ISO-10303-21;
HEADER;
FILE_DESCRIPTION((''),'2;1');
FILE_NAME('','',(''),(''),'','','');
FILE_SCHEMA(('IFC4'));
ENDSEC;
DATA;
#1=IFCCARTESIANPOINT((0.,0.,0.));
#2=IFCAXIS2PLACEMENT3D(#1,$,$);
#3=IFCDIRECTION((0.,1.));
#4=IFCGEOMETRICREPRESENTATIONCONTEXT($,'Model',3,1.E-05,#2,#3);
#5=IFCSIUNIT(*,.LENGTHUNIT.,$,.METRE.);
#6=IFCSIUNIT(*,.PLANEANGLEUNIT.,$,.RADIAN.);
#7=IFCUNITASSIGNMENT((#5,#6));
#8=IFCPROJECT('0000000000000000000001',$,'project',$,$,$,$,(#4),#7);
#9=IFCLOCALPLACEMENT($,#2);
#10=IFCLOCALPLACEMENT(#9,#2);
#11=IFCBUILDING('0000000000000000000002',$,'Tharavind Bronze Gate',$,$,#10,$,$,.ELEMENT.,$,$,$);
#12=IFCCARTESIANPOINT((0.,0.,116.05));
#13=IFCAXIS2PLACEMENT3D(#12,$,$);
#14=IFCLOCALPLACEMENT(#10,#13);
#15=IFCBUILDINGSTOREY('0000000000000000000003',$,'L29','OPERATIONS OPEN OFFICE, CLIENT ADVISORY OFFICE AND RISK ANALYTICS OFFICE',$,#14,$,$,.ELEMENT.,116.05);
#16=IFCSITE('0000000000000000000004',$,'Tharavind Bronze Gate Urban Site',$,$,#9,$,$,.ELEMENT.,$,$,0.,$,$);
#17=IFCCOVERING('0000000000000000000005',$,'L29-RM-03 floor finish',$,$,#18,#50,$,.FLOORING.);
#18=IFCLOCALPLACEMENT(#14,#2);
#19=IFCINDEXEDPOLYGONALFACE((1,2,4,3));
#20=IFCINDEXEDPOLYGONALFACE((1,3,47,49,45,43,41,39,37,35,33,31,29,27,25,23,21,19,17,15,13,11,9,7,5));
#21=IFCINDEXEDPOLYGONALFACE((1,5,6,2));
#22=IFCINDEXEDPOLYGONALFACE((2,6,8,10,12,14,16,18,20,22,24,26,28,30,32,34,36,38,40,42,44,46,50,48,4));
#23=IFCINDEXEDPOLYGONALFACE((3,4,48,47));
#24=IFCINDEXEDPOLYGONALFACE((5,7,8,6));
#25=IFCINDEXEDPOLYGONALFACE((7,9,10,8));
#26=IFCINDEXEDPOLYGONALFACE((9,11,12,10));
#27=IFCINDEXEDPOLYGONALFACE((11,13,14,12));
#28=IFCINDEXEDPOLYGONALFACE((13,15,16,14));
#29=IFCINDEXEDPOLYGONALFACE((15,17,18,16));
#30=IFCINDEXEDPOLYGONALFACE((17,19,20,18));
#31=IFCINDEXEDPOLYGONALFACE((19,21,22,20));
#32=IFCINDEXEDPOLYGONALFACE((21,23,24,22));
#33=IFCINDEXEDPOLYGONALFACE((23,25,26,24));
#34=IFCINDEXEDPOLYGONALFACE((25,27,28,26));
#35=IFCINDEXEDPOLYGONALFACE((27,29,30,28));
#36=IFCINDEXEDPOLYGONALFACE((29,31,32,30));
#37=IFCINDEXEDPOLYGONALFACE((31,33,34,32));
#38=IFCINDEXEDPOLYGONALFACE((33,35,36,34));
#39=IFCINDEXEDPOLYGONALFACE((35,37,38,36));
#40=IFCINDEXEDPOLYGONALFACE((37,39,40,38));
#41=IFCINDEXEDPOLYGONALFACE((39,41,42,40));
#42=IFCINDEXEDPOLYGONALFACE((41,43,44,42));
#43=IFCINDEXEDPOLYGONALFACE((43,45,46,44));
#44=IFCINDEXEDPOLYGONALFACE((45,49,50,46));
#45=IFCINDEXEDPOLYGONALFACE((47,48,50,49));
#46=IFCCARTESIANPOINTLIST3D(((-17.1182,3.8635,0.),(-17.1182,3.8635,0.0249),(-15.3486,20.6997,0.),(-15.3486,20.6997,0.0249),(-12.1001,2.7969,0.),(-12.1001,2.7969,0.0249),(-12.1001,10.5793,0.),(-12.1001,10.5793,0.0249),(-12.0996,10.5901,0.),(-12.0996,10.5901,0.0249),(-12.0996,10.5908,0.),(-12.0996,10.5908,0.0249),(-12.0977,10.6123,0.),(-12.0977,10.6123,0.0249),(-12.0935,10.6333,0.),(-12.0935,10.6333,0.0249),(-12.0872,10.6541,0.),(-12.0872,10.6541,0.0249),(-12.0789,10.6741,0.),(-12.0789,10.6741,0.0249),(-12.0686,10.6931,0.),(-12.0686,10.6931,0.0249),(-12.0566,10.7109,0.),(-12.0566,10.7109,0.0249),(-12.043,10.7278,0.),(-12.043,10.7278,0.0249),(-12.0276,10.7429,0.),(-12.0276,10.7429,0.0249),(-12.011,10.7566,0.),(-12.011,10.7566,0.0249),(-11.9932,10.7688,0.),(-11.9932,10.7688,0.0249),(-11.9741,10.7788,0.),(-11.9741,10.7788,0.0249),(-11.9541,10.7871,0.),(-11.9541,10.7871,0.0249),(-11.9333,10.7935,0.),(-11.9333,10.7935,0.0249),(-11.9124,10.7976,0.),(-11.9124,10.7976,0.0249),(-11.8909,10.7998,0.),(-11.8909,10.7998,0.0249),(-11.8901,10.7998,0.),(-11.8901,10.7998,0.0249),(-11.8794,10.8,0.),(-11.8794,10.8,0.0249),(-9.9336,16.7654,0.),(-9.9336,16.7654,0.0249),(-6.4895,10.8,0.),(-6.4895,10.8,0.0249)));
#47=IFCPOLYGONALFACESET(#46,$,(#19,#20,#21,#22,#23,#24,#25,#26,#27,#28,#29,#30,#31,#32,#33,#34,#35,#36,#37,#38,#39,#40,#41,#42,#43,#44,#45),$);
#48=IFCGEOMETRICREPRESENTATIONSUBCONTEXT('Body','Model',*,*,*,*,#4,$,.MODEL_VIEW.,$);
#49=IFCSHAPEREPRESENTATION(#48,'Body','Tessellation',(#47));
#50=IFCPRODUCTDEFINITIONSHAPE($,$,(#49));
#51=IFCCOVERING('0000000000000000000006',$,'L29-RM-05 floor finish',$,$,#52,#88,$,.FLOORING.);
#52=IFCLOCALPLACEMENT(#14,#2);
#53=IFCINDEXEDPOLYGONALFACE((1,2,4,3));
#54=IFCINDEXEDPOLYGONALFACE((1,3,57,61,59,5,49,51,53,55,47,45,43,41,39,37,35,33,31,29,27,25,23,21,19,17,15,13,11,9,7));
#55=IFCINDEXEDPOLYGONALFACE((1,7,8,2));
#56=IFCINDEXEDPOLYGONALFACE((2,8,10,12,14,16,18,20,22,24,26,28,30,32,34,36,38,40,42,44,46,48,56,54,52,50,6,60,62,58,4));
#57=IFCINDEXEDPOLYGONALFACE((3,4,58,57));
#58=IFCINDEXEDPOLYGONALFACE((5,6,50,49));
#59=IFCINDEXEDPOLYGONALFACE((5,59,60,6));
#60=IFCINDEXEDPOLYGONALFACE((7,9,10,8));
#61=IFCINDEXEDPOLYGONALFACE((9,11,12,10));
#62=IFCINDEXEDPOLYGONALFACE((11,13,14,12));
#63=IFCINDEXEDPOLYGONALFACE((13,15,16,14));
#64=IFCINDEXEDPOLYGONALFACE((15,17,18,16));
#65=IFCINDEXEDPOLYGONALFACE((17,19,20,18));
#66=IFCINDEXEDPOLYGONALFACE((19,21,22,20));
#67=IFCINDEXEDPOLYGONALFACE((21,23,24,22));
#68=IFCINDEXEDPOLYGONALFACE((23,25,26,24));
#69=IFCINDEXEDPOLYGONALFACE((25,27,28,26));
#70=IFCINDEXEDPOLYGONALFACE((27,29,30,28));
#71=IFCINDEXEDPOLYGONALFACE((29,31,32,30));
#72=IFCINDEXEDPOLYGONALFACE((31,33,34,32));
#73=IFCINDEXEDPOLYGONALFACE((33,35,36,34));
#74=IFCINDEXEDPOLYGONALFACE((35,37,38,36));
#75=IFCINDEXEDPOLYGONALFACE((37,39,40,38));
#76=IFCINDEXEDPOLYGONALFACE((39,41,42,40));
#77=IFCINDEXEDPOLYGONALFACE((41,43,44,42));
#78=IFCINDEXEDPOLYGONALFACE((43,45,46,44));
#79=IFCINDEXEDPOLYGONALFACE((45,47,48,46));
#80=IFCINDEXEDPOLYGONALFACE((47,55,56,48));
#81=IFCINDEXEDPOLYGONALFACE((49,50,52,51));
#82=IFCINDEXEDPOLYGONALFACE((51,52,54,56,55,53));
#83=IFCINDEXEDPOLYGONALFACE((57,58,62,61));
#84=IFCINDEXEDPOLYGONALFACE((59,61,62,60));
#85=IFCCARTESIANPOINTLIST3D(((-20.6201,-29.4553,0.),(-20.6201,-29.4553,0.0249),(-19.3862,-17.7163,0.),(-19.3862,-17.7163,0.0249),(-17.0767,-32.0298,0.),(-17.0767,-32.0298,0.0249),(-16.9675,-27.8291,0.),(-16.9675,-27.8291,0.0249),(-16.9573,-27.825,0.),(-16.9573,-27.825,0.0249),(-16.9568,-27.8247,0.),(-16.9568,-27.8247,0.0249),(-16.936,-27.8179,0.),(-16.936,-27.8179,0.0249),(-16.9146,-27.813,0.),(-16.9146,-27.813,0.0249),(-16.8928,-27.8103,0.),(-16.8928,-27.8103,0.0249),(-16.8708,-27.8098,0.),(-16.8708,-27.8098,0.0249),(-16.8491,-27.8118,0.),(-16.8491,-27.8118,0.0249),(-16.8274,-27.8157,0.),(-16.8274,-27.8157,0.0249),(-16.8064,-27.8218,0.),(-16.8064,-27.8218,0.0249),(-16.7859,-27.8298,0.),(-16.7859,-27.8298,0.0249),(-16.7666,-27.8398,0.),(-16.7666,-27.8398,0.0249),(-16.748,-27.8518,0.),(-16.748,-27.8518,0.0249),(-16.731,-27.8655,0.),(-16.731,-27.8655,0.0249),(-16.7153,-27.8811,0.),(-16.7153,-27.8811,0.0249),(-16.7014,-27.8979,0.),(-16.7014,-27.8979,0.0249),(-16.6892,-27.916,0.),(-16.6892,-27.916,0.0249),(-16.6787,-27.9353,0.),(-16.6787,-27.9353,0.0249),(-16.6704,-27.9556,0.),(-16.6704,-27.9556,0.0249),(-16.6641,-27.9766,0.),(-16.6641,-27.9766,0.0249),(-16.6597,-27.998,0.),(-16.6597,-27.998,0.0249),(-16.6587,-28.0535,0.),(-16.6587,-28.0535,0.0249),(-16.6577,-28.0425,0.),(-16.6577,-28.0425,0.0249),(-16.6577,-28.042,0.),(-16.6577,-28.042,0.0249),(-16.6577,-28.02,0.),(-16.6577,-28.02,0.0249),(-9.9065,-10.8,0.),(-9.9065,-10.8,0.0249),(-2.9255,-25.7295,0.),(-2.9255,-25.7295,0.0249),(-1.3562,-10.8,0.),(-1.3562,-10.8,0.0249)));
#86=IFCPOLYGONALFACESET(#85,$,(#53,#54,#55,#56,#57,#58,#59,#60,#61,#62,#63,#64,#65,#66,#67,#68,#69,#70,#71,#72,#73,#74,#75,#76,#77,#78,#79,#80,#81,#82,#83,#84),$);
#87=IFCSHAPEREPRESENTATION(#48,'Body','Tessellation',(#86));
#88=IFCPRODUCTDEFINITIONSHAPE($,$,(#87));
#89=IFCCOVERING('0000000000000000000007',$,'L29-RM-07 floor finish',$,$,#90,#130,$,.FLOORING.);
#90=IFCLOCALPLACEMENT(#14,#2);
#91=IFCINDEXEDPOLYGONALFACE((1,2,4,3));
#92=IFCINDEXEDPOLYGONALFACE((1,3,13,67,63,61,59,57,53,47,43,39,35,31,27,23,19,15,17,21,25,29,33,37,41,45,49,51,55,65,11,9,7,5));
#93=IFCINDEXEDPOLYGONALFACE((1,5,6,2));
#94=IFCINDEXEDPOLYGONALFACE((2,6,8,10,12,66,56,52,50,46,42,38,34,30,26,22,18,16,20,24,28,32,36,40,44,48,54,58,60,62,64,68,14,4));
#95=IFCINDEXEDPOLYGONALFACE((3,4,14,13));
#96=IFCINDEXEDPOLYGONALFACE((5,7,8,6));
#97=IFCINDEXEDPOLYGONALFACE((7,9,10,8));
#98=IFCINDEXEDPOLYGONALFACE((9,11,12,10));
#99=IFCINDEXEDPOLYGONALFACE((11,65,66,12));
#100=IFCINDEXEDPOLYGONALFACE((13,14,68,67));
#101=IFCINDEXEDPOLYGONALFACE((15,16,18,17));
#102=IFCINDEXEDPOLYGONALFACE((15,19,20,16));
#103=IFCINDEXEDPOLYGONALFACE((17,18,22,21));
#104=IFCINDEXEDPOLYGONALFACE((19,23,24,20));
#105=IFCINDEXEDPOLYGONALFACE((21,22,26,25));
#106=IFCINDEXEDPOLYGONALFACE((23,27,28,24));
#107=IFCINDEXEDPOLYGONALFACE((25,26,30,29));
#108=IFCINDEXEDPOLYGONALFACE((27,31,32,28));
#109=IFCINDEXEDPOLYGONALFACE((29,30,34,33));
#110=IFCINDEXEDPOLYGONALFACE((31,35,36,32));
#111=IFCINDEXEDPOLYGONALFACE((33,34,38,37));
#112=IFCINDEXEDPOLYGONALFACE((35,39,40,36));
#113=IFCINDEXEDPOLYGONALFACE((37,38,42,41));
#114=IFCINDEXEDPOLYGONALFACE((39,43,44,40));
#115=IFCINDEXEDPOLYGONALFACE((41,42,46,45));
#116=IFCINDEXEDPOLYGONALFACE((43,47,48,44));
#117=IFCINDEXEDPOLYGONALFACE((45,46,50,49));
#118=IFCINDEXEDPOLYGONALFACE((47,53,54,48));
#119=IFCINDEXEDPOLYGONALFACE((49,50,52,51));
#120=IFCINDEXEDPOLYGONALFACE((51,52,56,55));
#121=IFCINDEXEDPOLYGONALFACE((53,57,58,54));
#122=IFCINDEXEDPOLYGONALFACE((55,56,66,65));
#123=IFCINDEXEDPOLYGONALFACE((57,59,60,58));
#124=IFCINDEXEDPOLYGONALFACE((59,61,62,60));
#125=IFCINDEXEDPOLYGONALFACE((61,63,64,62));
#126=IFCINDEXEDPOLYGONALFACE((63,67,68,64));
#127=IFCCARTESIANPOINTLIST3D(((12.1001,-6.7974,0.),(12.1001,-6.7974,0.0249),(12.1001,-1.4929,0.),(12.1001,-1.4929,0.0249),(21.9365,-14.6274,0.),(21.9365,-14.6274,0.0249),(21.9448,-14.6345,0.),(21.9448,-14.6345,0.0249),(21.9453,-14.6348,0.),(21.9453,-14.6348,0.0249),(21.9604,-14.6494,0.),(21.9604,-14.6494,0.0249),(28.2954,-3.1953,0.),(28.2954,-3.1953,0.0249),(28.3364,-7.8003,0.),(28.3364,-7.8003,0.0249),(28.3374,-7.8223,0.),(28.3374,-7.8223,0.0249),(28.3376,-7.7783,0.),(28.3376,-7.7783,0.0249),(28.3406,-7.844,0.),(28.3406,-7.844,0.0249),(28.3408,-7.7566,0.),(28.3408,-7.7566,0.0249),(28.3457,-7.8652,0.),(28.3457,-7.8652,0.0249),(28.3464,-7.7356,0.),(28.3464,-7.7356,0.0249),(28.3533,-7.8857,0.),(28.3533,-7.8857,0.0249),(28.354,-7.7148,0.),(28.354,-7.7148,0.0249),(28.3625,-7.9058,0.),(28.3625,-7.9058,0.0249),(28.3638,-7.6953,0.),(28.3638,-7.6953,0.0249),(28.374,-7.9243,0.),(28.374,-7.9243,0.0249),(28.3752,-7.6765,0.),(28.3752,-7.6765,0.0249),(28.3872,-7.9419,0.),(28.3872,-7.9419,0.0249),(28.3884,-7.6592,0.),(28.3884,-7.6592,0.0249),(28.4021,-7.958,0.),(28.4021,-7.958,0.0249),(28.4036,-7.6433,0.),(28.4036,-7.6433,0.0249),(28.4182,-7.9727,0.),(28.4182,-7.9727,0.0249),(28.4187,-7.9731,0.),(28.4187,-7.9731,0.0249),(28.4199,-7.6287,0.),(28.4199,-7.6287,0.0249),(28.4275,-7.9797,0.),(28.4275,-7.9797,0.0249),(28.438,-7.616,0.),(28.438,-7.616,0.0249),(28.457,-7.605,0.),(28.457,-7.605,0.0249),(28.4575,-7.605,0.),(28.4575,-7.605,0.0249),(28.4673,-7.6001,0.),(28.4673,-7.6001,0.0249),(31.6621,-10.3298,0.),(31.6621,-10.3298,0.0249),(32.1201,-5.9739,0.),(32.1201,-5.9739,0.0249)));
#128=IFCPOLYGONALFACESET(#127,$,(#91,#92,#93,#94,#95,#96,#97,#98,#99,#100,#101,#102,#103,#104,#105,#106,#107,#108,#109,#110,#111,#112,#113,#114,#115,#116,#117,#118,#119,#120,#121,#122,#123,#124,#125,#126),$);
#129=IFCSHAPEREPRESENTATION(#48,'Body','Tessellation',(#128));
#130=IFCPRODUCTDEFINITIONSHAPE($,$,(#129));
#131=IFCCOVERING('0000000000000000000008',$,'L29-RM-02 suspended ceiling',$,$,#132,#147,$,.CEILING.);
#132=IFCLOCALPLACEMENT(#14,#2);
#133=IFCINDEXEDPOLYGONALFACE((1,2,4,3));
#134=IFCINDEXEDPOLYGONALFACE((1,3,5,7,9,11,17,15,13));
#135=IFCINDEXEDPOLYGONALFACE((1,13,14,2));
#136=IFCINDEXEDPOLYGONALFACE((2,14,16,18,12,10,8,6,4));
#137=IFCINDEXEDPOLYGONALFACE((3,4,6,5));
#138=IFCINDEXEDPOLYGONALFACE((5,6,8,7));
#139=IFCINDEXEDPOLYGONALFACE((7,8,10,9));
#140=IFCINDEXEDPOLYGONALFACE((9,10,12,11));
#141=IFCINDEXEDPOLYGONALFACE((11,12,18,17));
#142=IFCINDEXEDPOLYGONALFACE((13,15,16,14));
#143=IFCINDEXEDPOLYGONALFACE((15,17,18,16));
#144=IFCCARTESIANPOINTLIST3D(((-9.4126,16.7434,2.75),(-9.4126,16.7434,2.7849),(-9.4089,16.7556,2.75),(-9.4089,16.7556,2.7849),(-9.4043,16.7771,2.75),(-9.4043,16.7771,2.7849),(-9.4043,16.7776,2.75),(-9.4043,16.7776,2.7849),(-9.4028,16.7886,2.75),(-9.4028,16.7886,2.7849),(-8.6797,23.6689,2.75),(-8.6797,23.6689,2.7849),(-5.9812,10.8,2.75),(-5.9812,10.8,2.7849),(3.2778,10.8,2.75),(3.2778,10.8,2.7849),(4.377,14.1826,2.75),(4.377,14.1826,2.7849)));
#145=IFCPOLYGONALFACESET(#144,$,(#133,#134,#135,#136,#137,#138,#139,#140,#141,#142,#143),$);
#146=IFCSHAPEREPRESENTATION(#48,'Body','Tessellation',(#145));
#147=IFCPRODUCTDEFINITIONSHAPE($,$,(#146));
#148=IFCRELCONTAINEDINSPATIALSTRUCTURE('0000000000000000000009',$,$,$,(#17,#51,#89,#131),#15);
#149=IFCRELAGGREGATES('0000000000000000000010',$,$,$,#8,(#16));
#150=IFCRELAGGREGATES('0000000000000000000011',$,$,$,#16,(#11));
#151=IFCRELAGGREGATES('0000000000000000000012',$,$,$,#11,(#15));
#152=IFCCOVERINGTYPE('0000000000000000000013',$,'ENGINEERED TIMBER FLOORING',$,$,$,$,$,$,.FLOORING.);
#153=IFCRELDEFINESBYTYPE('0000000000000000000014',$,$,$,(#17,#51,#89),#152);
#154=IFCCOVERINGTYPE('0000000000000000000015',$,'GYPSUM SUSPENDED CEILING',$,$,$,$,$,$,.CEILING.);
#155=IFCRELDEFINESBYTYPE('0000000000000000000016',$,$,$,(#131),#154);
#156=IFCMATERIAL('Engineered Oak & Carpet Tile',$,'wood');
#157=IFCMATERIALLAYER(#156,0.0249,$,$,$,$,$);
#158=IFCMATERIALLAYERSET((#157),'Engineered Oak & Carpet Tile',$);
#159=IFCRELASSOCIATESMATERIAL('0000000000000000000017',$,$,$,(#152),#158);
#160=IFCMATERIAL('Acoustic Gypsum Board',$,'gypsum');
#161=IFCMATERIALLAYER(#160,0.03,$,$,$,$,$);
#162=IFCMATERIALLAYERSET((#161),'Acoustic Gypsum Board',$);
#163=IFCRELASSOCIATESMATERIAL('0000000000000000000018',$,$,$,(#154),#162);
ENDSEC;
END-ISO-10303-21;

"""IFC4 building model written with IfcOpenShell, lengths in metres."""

from ifc_helpers import new_model, si_unit, direction, frame, origin, place, context, subcontext, project, spatial, polyline, outline, extrude, material, layer, layer_set, type_object, element, save


model = new_model("IFC4")

# Units and contexts
model_context = context("Model", 3, precision=1e-05, world=origin(), true_north=direction((0.0, 1.0)))
body_context = subcontext(model_context, "Body", "Model", "MODEL_VIEW")
ifc_project = project(units=[si_unit("LENGTHUNIT", "METRE"), si_unit("PLANEANGLEUNIT", "RADIAN")], contexts=[model_context])

# Site, building, storey
site_placement = place(None, origin())
site = spatial("IfcSite", under=ifc_project, at=site_placement, Name="Tharavind Bronze Gate Urban Site", CompositionType="ELEMENT", RefElevation=0.0)
building_placement = place(site_placement, origin())
building = spatial("IfcBuilding", under=site, at=building_placement, Name="Tharavind Bronze Gate", CompositionType="ELEMENT")
storey_placement = place(building_placement, frame((0.0, 0.0, 116.05)))
storey = spatial("IfcBuildingStorey", under=building, at=storey_placement, Name="L29", Description="OPERATIONS OPEN OFFICE, CLIENT ADVISORY OFFICE AND RISK ANALYTICS OFFICE", CompositionType="ELEMENT", Elevation=116.05)

# Coverings
ifc_material_1 = material(Name="Engineered Oak & Carpet Tile", Category="wood")
ifc_layer_1 = layer(ifc_material_1, 0.0249)
ifc_layer_set_1 = layer_set([ifc_layer_1], Name="Engineered Oak & Carpet Tile")
covering_type_1 = type_object("IfcCoveringType", Name="ENGINEERED TIMBER FLOORING", PredefinedType="FLOORING", material=ifc_layer_set_1)
covering_1_placement = place(storey_placement, origin())
element("IfcCovering", 1, at=covering_1_placement, inside=storey, type_object=covering_type_1, Name="L29-RM-03 floor finish", PredefinedType="FLOORING", context=body_context, shape_type="SweptSolid", body=[
    extrude(outline(polyline([(-12.1001, 2.7969), (-12.1001, 10.5793), (-12.0996, 10.5901), (-12.0996, 10.5908), (-12.0977, 10.6123), (-12.0935, 10.6333), (-12.0872, 10.6541), (-12.0789, 10.6741), (-12.0686, 10.6931), (-12.0566, 10.7109), (-12.043, 10.7278), (-12.0276, 10.7429), (-12.011, 10.7566), (-11.9932, 10.7688), (-11.9741, 10.7788), (-11.9541, 10.7871), (-11.9333, 10.7935), (-11.9124, 10.7976), (-11.8909, 10.7998), (-11.8901, 10.7998), (-11.8794, 10.8), (-6.4895, 10.8), (-9.9336, 16.7654), (-15.3486, 20.6997), (-17.1182, 3.8635), (-12.1001, 2.7969)])), origin(), (0.0, 0.0, 1.0), 0.0249),
])
covering_2_placement = place(storey_placement, origin())
element("IfcCovering", 2, at=covering_2_placement, inside=storey, type_object=covering_type_1, Name="L29-RM-05 floor finish", PredefinedType="FLOORING", context=body_context, shape_type="SweptSolid", body=[
    extrude(outline(polyline([(-16.9675, -27.8291), (-16.9573, -27.825), (-16.9568, -27.8247), (-16.936, -27.8179), (-16.9146, -27.813), (-16.8928, -27.8103), (-16.8708, -27.8098), (-16.8491, -27.8118), (-16.8274, -27.8157), (-16.8064, -27.8218), (-16.7859, -27.8298), (-16.7666, -27.8398), (-16.748, -27.8518), (-16.731, -27.8655), (-16.7153, -27.8811), (-16.7014, -27.8979), (-16.6892, -27.916), (-16.6787, -27.9353), (-16.6704, -27.9556), (-16.6641, -27.9766), (-16.6597, -27.998), (-16.6577, -28.02), (-16.6577, -28.042), (-16.6577, -28.0425), (-16.6587, -28.0535), (-17.0767, -32.0298), (-2.9255, -25.7295), (-1.3562, -10.8), (-9.9065, -10.8), (-19.3862, -17.7163), (-20.6201, -29.4553), (-16.9675, -27.8291)])), origin(), (0.0, 0.0, 1.0), 0.0249),
])
covering_3_placement = place(storey_placement, origin())
element("IfcCovering", 3, at=covering_3_placement, inside=storey, type_object=covering_type_1, Name="L29-RM-07 floor finish", PredefinedType="FLOORING", context=body_context, shape_type="SweptSolid", body=[
    extrude(outline(polyline([(12.1001, -6.7974), (21.9365, -14.6274), (21.9448, -14.6345), (21.9453, -14.6348), (21.9604, -14.6494), (31.6621, -10.3298), (28.4275, -7.9797), (28.4187, -7.9731), (28.4182, -7.9727), (28.4021, -7.958), (28.3872, -7.9419), (28.374, -7.9243), (28.3625, -7.9058), (28.3533, -7.8857), (28.3457, -7.8652), (28.3406, -7.844), (28.3374, -7.8223), (28.3364, -7.8003), (28.3376, -7.7783), (28.3408, -7.7566), (28.3464, -7.7356), (28.354, -7.7148), (28.3638, -7.6953), (28.3752, -7.6765), (28.3884, -7.6592), (28.4036, -7.6433), (28.4199, -7.6287), (28.438, -7.616), (28.457, -7.605), (28.4575, -7.605), (28.4673, -7.6001), (32.1201, -5.9739), (28.2954, -3.1953), (12.1001, -1.4929), (12.1001, -6.7974)])), origin(), (0.0, 0.0, 1.0), 0.0249),
])
ifc_material_2 = material(Name="Acoustic Gypsum Board", Category="gypsum")
ifc_layer_2 = layer(ifc_material_2, 0.03)
ifc_layer_set_2 = layer_set([ifc_layer_2], Name="Acoustic Gypsum Board")
covering_type_2 = type_object("IfcCoveringType", Name="GYPSUM SUSPENDED CEILING", PredefinedType="CEILING", material=ifc_layer_set_2)
covering_4_placement = place(storey_placement, frame((0.0, 0.0, 2.75)))
element("IfcCovering", 4, at=covering_4_placement, inside=storey, type_object=covering_type_2, Name="L29-RM-02 suspended ceiling", PredefinedType="CEILING", context=body_context, shape_type="SweptSolid", body=[
    extrude(outline(polyline([(-5.9812, 10.8), (3.2778, 10.8), (4.377, 14.1826), (-8.6797, 23.6689), (-9.4028, 16.7886), (-9.4043, 16.7776), (-9.4043, 16.7771), (-9.4089, 16.7556), (-9.4126, 16.7434), (-5.9812, 10.8)])), origin(), (0.0, 0.0, 1.0), 0.0349),
])

save(model, "model.ifc")
